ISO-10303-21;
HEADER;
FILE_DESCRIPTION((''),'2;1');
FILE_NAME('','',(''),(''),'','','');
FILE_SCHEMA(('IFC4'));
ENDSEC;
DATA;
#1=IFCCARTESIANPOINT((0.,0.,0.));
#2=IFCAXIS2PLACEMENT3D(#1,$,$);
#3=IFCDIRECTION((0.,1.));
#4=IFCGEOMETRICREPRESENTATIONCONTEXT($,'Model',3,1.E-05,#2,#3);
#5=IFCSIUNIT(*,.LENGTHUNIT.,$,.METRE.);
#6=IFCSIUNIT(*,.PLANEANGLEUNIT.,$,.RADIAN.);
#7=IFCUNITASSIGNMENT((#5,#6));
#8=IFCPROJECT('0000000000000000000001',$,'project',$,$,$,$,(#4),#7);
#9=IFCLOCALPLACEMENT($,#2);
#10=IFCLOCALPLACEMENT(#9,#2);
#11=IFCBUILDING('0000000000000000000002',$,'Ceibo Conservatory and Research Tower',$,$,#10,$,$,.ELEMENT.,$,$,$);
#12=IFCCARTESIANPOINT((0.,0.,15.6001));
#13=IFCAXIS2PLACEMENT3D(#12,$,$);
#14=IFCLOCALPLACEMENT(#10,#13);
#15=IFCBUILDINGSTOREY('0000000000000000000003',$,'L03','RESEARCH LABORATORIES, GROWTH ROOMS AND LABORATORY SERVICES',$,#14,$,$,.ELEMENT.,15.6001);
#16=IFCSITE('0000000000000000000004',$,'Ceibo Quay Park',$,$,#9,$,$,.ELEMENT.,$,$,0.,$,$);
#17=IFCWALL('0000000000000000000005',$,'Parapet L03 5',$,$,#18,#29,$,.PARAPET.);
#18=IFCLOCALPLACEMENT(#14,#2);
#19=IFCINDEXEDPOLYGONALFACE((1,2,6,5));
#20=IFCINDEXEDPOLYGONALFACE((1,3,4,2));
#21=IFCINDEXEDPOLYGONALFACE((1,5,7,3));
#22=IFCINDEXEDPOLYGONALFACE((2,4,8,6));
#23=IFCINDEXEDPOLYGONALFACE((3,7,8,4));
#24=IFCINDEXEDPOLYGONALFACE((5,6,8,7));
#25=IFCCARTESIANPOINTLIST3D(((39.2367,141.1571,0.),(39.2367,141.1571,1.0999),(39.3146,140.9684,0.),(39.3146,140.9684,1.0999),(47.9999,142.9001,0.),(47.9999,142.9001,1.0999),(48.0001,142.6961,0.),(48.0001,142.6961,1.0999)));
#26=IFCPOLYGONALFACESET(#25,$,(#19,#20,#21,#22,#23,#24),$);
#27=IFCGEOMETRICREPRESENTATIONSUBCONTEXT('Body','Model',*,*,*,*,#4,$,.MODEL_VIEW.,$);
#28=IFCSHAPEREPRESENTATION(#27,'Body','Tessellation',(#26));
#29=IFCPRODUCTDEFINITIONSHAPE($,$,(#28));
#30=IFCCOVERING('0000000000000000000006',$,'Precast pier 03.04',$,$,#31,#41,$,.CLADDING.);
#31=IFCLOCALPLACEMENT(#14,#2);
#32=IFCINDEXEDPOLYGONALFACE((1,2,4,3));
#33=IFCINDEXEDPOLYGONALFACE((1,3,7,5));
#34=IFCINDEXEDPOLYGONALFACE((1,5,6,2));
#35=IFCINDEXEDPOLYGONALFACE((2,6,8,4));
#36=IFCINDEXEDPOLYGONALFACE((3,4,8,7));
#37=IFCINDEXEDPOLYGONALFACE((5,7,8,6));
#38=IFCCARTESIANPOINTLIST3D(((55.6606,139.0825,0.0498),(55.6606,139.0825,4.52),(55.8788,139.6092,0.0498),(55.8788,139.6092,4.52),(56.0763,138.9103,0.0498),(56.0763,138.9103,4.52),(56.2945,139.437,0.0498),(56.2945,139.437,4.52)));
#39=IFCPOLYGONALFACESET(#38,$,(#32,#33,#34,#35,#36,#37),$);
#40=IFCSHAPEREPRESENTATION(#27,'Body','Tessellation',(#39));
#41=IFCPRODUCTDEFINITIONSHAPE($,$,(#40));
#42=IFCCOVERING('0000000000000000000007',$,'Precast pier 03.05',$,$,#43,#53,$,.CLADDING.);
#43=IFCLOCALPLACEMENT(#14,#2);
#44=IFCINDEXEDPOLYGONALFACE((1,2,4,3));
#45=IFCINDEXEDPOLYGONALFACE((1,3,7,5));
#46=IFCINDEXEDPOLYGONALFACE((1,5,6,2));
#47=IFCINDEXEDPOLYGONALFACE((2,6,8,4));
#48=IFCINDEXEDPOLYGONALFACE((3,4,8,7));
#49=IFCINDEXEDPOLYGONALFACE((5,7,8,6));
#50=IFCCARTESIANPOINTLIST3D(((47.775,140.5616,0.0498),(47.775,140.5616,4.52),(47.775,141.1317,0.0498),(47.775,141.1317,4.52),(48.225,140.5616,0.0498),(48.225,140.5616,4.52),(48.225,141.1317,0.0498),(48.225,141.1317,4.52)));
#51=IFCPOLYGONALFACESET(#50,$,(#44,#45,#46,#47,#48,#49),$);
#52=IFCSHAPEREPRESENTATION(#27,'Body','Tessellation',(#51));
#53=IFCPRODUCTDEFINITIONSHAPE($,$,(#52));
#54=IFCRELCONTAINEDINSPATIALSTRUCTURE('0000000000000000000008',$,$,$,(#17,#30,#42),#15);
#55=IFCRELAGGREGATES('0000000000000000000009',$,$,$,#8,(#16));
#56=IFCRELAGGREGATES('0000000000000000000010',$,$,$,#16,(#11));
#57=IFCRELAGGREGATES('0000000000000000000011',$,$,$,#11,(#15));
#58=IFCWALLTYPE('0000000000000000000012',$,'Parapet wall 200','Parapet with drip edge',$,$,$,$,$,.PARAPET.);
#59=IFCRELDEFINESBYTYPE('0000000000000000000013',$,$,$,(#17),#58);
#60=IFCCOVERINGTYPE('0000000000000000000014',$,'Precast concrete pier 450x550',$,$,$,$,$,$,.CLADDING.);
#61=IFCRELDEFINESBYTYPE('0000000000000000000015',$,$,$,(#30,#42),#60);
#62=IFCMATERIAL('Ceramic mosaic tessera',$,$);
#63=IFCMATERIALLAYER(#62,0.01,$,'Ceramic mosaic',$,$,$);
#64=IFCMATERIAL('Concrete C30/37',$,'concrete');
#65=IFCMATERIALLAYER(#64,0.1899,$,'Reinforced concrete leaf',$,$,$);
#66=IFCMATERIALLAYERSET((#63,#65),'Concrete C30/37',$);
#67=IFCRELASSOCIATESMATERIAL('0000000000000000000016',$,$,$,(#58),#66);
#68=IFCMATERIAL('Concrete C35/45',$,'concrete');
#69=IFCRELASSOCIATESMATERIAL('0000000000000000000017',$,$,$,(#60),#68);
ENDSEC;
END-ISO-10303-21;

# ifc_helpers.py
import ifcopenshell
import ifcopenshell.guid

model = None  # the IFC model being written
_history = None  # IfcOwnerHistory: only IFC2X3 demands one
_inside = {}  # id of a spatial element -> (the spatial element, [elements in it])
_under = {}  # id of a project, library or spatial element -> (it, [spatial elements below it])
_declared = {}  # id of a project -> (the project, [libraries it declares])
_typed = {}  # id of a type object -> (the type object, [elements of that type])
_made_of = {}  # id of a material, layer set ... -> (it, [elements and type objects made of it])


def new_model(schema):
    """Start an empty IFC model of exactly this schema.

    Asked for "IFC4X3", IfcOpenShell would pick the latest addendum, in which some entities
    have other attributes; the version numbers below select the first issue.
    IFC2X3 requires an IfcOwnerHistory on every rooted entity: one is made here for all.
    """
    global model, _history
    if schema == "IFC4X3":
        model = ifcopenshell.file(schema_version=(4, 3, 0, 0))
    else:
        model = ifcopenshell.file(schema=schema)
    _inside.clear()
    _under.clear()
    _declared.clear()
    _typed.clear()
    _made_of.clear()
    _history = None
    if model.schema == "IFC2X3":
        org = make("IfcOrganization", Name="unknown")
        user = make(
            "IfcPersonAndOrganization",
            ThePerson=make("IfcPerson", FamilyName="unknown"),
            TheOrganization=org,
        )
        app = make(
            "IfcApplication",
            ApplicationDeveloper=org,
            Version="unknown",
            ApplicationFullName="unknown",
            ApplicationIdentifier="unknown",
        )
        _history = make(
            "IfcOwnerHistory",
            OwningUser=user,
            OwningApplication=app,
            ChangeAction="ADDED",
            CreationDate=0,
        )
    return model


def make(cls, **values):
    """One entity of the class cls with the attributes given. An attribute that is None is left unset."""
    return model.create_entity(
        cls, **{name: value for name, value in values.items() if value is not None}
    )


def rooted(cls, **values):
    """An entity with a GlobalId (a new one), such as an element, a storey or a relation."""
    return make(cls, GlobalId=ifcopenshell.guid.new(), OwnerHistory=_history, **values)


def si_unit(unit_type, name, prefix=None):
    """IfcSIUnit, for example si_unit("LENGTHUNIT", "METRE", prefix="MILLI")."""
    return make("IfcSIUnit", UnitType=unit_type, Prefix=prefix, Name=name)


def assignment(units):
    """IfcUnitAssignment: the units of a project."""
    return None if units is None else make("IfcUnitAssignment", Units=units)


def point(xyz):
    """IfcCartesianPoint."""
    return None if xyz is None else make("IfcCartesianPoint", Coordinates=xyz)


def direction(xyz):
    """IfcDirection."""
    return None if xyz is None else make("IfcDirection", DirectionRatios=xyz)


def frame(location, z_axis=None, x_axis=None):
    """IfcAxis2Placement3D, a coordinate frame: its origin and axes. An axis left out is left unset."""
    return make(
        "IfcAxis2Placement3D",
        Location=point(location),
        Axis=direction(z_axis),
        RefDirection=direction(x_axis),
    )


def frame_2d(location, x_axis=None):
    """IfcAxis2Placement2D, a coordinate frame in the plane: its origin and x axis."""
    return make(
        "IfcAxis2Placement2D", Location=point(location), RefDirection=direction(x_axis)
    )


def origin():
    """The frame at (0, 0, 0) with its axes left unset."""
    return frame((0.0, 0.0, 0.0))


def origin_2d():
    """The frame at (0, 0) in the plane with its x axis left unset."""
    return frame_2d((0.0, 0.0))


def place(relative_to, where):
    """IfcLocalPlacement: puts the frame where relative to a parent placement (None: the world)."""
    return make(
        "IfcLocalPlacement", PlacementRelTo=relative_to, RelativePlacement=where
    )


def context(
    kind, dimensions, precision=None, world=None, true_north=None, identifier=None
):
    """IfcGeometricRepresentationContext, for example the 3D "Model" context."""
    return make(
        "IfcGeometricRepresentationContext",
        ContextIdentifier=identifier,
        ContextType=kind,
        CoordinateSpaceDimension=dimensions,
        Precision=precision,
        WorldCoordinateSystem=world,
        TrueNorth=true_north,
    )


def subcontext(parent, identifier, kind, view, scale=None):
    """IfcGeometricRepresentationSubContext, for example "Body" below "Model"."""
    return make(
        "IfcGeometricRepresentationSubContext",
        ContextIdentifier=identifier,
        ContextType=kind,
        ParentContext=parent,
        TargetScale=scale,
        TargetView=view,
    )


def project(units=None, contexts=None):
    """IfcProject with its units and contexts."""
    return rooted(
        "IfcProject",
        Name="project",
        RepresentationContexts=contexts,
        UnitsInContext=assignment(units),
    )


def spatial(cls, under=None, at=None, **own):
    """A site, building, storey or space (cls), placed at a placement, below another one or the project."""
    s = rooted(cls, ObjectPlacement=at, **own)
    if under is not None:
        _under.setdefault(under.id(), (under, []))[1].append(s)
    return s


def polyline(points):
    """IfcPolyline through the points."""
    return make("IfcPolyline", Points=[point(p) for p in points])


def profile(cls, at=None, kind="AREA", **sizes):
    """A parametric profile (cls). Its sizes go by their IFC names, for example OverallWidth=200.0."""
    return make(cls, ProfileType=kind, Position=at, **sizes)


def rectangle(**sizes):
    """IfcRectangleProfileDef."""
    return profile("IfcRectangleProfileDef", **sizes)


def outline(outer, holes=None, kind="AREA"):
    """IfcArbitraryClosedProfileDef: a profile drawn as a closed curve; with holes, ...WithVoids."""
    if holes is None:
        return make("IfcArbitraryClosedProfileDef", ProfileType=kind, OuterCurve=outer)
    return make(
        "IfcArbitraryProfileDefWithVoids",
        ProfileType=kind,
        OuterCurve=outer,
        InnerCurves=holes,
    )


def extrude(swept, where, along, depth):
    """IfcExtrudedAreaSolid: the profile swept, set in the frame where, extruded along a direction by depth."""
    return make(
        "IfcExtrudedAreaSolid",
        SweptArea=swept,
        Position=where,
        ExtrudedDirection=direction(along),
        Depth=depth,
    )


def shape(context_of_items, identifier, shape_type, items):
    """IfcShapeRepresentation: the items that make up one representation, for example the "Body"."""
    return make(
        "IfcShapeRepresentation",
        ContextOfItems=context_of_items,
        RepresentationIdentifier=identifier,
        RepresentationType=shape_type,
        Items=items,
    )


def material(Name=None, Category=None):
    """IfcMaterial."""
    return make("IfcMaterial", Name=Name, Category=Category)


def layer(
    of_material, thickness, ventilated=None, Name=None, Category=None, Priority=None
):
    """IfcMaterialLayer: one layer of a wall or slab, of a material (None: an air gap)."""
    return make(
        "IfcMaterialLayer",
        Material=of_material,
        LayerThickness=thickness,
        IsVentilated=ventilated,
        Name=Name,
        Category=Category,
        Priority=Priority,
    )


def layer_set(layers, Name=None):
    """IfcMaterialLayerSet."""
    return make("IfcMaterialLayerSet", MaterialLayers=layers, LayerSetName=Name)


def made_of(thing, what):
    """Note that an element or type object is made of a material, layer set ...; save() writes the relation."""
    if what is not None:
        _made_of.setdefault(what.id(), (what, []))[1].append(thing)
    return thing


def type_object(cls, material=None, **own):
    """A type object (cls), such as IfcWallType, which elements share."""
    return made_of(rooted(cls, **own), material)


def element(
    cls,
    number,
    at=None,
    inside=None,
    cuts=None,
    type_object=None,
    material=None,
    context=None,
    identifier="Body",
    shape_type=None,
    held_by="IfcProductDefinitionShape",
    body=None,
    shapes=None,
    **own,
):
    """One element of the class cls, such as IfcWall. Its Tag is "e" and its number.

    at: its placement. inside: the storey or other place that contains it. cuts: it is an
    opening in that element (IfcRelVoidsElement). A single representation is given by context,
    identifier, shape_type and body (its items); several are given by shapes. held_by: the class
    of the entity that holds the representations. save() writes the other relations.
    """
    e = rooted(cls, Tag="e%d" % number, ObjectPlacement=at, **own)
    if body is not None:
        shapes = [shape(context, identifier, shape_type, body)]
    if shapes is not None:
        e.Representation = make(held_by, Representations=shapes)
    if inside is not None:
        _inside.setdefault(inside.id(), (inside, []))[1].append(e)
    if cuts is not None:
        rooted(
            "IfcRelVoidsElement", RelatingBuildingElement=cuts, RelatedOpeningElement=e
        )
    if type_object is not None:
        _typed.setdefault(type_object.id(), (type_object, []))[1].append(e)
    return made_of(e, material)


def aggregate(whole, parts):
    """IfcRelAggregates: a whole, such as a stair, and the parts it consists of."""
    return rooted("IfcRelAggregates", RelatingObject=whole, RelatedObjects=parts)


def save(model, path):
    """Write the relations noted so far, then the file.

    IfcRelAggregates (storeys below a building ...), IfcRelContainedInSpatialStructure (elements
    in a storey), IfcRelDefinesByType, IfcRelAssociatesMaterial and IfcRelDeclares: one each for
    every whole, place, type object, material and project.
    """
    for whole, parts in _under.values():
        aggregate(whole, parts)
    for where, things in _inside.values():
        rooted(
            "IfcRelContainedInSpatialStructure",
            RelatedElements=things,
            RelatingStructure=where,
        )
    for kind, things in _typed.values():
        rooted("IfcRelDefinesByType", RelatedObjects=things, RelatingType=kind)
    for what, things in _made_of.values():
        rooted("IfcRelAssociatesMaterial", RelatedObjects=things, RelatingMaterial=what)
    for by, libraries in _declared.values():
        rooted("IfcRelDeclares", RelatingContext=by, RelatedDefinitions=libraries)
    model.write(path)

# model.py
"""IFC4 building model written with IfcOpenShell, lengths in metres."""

from ifc_helpers import new_model, si_unit, direction, frame, origin, origin_2d, place, context, subcontext, project, spatial, polyline, rectangle, outline, extrude, material, layer, layer_set, type_object, element, save


model = new_model("IFC4")

# Units and contexts
model_context = context("Model", 3, precision=1e-05, world=origin(), true_north=direction((0.0, 1.0)))
body_context = subcontext(model_context, "Body", "Model", "MODEL_VIEW")
ifc_project = project(units=[si_unit("LENGTHUNIT", "METRE"), si_unit("PLANEANGLEUNIT", "RADIAN")], contexts=[model_context])

# Site, building, storey
site_placement = place(None, origin())
site = spatial("IfcSite", under=ifc_project, at=site_placement, Name="Ceibo Quay Park", CompositionType="ELEMENT", RefElevation=0.0)
building_placement = place(site_placement, origin())
building = spatial("IfcBuilding", under=site, at=building_placement, Name="Ceibo Conservatory and Research Tower", CompositionType="ELEMENT")
storey_placement = place(building_placement, frame((0.0, 0.0, 15.6001)))
storey = spatial("IfcBuildingStorey", under=building, at=storey_placement, Name="L03", Description="RESEARCH LABORATORIES, GROWTH ROOMS AND LABORATORY SERVICES", CompositionType="ELEMENT", Elevation=15.6001)

# Shared definitions
ifc_material_1 = material(Name="Concrete C35/45", Category="concrete")

# Wall
ifc_material_2 = material(Name="Ceramic mosaic tessera")
ifc_layer_1 = layer(ifc_material_2, 0.01, Name="Ceramic mosaic")
ifc_material_3 = material(Name="Concrete C30/37", Category="concrete")
ifc_layer_2 = layer(ifc_material_3, 0.1899, Name="Reinforced concrete leaf")
ifc_layer_set_1 = layer_set([ifc_layer_1, ifc_layer_2], Name="Concrete C30/37")
wall_type = type_object("IfcWallType", Name="Parapet wall 200", Description="Parapet with drip edge", PredefinedType="PARAPET", material=ifc_layer_set_1)
for number, where, z_axis, x_axis, name in (
    (1, (48.0, 142.7981, 0.0), (0.0, 0.0, 1.0), (-0.980786, -0.195087, 0.0), "Parapet L03 5"),
):
    element("IfcWall", number, at=place(storey_placement, frame(where, z_axis=z_axis, x_axis=x_axis)), inside=storey, type_object=wall_type, Name=name, PredefinedType="PARAPET", context=body_context, shape_type="SweptSolid", body=[
        extrude(outline(polyline([(-0.0198, -0.1001), (8.915, -0.1001), (8.8755, 0.1001), (0.0198, 0.1001), (-0.0198, -0.1001)])), origin(), (0.0, 0.0, 1.0), 1.0999),
    ])

# Coverings
covering_type = type_object("IfcCoveringType", Name="Precast concrete pier 450x550", PredefinedType="CLADDING", material=ifc_material_1)
for number, where, z_axis, x_axis, name in (
    (2, (55.9775, 139.2598, 0.0498), (0.0, 0.0, 1.0), (0.382683, 0.92388, 0.0), "Precast pier 03.04"),
    (3, (48.0, 140.8467, 0.0498), (0.0, 0.0, 1.0), (0.0, 1.0, 0.0), "Precast pier 03.05"),
):
    element("IfcCovering", number, at=place(storey_placement, frame(where, z_axis=z_axis, x_axis=x_axis)), inside=storey, type_object=covering_type, Name=name, PredefinedType="CLADDING", context=body_context, shape_type="SweptSolid", body=[
        extrude(rectangle(XDim=0.5701, YDim=0.45, at=origin_2d()), origin(), (0.0, 0.0, 1.0), 4.4702),
    ])

save(model, "model.ifc")
